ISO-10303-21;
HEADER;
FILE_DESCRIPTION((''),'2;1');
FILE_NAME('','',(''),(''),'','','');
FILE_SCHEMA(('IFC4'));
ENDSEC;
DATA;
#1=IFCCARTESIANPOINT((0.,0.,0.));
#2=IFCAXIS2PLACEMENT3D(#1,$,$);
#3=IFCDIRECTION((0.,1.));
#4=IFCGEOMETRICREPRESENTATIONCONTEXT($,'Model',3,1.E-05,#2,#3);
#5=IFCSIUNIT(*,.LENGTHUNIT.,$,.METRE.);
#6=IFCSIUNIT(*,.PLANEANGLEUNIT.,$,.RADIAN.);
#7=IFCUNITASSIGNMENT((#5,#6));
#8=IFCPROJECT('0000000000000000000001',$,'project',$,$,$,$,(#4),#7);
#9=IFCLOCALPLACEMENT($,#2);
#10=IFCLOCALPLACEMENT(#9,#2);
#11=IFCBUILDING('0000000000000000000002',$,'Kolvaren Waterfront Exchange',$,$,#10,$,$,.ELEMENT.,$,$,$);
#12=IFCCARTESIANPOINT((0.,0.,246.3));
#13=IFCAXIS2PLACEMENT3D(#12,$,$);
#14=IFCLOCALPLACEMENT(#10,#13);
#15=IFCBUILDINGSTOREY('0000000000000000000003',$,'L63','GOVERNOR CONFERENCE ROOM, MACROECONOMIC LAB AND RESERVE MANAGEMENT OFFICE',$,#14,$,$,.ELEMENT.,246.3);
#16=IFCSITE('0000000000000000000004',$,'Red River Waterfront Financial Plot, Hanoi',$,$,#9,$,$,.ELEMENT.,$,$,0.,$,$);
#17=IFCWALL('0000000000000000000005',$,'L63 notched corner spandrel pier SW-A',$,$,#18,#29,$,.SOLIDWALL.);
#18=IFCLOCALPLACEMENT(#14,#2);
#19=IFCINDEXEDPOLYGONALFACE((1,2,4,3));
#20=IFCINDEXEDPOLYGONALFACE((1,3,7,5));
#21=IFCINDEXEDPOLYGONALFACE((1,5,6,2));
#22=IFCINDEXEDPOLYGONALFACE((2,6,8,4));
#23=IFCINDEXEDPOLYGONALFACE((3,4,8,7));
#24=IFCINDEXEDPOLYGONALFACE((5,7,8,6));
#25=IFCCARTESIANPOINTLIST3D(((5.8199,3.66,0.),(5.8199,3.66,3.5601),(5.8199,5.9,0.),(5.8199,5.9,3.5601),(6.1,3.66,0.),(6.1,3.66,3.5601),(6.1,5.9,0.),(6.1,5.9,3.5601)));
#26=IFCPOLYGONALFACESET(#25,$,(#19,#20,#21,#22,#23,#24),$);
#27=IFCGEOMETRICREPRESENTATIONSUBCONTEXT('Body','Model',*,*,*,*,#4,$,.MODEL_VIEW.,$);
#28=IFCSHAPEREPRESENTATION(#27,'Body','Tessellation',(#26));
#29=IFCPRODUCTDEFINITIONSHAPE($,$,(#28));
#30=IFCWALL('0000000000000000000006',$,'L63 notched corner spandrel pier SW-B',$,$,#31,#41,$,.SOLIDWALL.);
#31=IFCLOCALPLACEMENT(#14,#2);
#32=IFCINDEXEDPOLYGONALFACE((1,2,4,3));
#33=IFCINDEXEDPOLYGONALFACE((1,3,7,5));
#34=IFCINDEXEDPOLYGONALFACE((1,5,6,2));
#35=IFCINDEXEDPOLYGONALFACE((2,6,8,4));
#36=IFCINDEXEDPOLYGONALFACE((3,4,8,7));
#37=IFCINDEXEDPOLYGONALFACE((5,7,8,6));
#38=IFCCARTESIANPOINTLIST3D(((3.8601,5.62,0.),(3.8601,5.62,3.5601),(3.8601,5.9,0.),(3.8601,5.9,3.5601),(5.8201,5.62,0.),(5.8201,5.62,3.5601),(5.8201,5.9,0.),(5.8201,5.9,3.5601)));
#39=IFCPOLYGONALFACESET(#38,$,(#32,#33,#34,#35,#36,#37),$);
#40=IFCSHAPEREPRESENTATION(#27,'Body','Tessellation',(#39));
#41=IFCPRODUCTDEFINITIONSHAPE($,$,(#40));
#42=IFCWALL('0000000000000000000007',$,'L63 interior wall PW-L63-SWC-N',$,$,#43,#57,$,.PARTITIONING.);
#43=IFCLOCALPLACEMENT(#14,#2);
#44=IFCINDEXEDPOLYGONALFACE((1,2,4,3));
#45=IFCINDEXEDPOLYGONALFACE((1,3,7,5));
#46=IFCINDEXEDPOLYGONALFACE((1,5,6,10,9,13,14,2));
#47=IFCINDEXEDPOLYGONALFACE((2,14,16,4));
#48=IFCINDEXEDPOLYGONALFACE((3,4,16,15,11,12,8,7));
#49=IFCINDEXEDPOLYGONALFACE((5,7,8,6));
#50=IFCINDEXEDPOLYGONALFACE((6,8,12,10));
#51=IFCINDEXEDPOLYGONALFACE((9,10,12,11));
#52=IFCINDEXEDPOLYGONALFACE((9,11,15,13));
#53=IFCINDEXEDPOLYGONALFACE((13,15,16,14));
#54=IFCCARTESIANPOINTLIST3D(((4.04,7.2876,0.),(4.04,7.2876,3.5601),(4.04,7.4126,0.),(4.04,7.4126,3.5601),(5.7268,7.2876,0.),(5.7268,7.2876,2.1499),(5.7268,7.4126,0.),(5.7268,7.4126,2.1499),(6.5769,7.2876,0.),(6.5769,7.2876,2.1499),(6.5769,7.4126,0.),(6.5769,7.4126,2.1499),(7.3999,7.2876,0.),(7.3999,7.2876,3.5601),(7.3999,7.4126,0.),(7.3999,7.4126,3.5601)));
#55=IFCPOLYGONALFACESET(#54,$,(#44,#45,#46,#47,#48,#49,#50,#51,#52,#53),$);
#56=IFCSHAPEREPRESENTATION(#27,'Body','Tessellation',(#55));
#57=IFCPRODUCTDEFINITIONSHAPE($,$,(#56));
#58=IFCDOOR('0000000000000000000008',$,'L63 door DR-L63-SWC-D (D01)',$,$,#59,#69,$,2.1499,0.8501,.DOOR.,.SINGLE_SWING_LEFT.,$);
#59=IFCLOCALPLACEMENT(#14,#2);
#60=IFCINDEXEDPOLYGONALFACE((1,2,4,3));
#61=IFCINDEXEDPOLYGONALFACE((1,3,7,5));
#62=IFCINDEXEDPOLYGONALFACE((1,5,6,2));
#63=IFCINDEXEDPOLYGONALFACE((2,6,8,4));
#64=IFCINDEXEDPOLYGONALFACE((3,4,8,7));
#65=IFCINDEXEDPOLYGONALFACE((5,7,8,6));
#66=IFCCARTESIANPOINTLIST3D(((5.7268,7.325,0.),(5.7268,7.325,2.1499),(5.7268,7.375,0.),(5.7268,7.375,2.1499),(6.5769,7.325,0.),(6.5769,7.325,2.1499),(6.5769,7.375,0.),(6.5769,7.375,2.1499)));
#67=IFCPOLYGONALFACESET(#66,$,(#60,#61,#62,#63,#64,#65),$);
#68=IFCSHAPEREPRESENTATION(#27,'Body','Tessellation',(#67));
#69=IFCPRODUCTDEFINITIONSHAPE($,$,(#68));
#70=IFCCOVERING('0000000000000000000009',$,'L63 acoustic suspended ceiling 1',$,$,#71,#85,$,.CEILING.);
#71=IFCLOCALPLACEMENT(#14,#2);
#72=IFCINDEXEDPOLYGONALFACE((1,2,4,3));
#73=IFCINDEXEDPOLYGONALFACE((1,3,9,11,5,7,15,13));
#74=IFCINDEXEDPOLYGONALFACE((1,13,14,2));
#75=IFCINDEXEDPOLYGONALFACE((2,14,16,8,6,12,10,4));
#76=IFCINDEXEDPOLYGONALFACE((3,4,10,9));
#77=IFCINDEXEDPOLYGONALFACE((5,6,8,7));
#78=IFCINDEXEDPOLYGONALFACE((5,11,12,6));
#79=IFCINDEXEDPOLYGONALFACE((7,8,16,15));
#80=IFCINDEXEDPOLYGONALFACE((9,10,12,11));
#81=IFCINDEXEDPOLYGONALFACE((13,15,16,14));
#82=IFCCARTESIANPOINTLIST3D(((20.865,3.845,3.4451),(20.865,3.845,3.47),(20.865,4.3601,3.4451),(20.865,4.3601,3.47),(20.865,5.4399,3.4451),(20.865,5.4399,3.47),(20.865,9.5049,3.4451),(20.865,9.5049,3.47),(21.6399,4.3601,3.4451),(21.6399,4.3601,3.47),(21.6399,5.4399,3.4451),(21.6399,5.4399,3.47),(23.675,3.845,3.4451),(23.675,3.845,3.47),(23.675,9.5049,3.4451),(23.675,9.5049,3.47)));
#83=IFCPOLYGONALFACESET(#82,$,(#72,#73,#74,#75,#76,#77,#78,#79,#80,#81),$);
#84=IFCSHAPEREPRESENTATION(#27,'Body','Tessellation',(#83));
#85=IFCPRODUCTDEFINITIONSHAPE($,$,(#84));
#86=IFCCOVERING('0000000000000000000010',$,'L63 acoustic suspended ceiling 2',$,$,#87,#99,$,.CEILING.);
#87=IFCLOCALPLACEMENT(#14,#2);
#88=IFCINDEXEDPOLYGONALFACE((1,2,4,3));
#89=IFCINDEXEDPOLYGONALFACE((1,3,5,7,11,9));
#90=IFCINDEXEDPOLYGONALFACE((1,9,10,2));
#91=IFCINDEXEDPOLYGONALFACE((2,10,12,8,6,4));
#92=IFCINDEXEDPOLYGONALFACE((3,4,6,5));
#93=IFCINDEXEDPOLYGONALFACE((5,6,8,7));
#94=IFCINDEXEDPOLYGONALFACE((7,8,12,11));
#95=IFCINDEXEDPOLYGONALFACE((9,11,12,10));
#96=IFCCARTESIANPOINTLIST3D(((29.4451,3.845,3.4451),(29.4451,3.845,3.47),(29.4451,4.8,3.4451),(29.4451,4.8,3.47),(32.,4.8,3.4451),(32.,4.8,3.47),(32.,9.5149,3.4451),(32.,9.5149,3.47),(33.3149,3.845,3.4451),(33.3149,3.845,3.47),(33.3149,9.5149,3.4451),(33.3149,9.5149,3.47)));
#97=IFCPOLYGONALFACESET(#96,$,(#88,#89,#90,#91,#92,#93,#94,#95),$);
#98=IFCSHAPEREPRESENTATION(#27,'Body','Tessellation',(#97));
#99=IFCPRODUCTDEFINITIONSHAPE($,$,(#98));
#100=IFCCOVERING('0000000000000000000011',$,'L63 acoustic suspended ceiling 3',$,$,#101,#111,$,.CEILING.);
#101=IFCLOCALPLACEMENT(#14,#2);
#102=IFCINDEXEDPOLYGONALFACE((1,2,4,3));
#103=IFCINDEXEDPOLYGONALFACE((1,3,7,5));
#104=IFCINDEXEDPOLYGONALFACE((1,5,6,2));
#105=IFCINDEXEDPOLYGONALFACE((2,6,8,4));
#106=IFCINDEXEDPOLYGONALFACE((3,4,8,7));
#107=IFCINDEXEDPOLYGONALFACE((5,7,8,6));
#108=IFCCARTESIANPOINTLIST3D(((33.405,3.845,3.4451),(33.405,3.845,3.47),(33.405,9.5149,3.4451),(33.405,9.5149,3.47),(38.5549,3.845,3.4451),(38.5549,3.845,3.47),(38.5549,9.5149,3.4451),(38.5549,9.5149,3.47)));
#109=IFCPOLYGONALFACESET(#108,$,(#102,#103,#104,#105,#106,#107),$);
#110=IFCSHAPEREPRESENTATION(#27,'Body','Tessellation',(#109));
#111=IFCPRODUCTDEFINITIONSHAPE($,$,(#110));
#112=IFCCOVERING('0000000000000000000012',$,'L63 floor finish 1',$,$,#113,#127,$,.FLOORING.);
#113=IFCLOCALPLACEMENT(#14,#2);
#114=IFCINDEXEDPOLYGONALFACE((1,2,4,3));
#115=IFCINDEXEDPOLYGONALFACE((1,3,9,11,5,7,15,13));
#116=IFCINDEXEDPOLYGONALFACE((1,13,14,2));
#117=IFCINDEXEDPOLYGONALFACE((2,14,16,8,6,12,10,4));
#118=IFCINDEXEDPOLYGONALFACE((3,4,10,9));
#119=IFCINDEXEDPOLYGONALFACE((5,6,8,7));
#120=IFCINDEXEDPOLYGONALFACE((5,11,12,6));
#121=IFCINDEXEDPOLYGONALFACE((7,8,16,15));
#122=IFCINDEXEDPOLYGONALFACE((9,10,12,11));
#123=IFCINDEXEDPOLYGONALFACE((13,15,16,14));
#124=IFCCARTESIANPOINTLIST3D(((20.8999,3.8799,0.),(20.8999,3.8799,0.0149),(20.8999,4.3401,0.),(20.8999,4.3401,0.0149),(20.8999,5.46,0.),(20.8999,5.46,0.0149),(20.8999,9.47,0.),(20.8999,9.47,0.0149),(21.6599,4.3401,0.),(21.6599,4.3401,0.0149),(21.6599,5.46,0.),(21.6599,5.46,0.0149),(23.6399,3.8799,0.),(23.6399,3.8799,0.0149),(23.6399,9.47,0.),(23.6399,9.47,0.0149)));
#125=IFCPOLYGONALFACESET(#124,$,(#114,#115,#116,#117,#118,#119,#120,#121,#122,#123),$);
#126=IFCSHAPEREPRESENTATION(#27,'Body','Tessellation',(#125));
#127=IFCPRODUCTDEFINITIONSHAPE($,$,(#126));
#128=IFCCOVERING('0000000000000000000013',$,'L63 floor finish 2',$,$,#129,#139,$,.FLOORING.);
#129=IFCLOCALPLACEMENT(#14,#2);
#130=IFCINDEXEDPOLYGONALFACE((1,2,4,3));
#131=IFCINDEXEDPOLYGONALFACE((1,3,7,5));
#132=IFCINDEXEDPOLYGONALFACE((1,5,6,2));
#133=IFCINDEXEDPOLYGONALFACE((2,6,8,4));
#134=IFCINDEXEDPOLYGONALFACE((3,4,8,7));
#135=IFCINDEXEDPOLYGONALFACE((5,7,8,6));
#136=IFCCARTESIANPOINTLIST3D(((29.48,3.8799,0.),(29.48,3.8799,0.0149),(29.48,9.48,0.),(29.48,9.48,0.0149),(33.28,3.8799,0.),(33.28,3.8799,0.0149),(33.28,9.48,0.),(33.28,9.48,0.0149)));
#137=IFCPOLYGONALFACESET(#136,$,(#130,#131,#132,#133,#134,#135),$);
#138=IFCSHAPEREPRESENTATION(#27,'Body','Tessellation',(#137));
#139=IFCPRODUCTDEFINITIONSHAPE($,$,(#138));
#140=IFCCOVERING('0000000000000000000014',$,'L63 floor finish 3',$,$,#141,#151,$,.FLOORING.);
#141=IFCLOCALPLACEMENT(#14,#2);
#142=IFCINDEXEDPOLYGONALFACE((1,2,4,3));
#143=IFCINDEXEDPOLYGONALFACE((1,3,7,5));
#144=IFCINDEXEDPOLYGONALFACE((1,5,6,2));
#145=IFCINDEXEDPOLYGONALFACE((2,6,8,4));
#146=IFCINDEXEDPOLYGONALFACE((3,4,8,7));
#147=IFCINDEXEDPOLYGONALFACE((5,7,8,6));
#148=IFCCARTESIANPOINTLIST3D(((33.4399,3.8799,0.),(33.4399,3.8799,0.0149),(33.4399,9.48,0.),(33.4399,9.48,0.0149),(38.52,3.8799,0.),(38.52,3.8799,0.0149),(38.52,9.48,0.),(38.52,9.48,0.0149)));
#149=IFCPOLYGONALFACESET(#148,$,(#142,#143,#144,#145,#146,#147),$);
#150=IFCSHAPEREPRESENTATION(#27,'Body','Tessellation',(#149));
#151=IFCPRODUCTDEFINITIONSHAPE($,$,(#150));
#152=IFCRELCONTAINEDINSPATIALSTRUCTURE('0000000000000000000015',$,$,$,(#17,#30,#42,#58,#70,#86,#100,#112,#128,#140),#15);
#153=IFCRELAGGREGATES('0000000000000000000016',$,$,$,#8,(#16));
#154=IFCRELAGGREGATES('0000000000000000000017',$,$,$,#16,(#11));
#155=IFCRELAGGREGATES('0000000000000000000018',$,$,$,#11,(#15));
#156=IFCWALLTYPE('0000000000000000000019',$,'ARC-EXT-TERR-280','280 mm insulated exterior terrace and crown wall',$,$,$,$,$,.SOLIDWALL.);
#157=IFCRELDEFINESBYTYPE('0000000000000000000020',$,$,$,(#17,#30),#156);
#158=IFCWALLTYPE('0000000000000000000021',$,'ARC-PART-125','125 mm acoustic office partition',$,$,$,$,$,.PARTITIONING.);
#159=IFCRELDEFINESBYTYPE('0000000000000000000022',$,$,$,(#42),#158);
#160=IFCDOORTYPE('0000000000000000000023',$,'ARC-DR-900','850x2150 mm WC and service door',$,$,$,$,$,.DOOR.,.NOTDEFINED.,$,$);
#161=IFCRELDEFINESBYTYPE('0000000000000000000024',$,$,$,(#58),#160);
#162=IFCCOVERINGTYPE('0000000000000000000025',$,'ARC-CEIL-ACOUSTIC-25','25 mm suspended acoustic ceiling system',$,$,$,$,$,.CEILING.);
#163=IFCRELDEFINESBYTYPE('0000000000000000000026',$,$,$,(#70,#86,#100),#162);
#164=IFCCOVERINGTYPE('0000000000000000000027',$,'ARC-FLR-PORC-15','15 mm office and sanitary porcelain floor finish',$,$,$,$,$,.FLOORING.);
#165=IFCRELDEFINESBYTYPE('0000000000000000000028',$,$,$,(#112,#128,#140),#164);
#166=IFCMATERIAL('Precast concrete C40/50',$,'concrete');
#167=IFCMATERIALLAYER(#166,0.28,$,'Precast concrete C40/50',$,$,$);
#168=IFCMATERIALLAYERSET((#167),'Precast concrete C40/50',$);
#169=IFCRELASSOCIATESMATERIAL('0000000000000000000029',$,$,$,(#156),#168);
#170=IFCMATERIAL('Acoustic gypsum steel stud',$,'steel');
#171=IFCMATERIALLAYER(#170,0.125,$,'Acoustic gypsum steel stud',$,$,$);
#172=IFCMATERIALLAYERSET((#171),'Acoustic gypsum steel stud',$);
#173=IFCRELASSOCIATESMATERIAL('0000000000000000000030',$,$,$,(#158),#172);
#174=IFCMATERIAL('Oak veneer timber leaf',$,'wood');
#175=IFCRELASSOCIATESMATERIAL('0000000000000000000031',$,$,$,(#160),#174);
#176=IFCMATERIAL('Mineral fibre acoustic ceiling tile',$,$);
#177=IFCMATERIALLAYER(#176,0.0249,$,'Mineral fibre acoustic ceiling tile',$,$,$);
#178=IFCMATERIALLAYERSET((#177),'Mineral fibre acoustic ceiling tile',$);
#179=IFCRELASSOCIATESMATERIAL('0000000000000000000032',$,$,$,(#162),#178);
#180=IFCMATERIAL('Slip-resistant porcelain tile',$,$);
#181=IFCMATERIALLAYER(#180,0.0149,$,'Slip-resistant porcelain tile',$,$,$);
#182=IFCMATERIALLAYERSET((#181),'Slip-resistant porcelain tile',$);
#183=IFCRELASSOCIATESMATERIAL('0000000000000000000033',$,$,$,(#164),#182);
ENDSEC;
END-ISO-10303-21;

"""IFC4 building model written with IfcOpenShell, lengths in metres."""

from ifc_helpers import new_model, si_unit, direction, frame, frame_2d, origin, place, context, subcontext, project, spatial, polyline, rectangle, outline, extrude, material, layer, layer_set, type_object, element, fill, save


model = new_model("IFC4")

# Units and contexts
model_context = context("Model", 3, precision=1e-05, world=origin(), true_north=direction((0.0, 1.0)))
body_context = subcontext(model_context, "Body", "Model", "MODEL_VIEW")
ifc_project = project(units=[si_unit("LENGTHUNIT", "METRE"), si_unit("PLANEANGLEUNIT", "RADIAN")], contexts=[model_context])

# Site, building, storey
site_placement = place(None, origin())
site = spatial("IfcSite", under=ifc_project, at=site_placement, Name="Red River Waterfront Financial Plot, Hanoi", CompositionType="ELEMENT", RefElevation=0.0)
building_placement = place(site_placement, origin())
building = spatial("IfcBuilding", under=site, at=building_placement, Name="Kolvaren Waterfront Exchange", CompositionType="ELEMENT")
storey_placement = place(building_placement, frame((0.0, 0.0, 246.3)))
storey = spatial("IfcBuildingStorey", under=building, at=storey_placement, Name="L63", Description="GOVERNOR CONFERENCE ROOM, MACROECONOMIC LAB AND RESERVE MANAGEMENT OFFICE", CompositionType="ELEMENT", Elevation=246.3)

# Walls
ifc_material_1 = material(Name="Precast concrete C40/50", Category="concrete")
ifc_layer_1 = layer(ifc_material_1, 0.28, Name="Precast concrete C40/50")
ifc_layer_set_1 = layer_set([ifc_layer_1], Name="Precast concrete C40/50")
wall_type_1 = type_object("IfcWallType", Name="ARC-EXT-TERR-280", Description="280 mm insulated exterior terrace and crown wall", PredefinedType="SOLIDWALL", material=ifc_layer_set_1)
wall_1_placement = place(storey_placement, frame((5.96, 3.6599, 0.0), z_axis=(0.0, 0.0, 1.0), x_axis=(0.0, 1.0, 0.0)))
element("IfcWall", 1, at=wall_1_placement, inside=storey, type_object=wall_type_1, Name="L63 notched corner spandrel pier SW-A", PredefinedType="SOLIDWALL", context=body_context, shape_type="SweptSolid", body=[
    extrude(rectangle(XDim=2.24, YDim=0.28, at=frame_2d((1.1201, 0.0))), origin(), (0.0, 0.0, 1.0), 3.5601),
])
wall_2_placement = place(storey_placement, frame((3.8601, 5.76, 0.0), z_axis=(0.0, 0.0, 1.0), x_axis=(1.0, 0.0, 0.0)))
element("IfcWall", 2, at=wall_2_placement, inside=storey, type_object=wall_type_1, Name="L63 notched corner spandrel pier SW-B", PredefinedType="SOLIDWALL", context=body_context, shape_type="SweptSolid", body=[
    extrude(rectangle(XDim=1.96, YDim=0.28, at=frame_2d((0.98, 0.0))), origin(), (0.0, 0.0, 1.0), 3.5601),
])

# Wall, opening, door
ifc_material_2 = material(Name="Acoustic gypsum steel stud", Category="steel")
ifc_layer_2 = layer(ifc_material_2, 0.125, Name="Acoustic gypsum steel stud")
ifc_layer_set_2 = layer_set([ifc_layer_2], Name="Acoustic gypsum steel stud")
wall_type_2 = type_object("IfcWallType", Name="ARC-PART-125", Description="125 mm acoustic office partition", PredefinedType="PARTITIONING", material=ifc_layer_set_2)
wall_3_placement = place(storey_placement, frame((4.04, 7.3501, 0.0), z_axis=(0.0, 0.0, 1.0), x_axis=(1.0, 0.0, 0.0)))
wall_3 = element("IfcWall", 3, at=wall_3_placement, inside=storey, type_object=wall_type_2, Name="L63 interior wall PW-L63-SWC-N", PredefinedType="PARTITIONING", context=body_context, shape_type="SweptSolid", body=[
    extrude(rectangle(XDim=3.3599, YDim=0.125, at=frame_2d((1.6799, 0.0))), origin(), (0.0, 0.0, 1.0), 3.5601),
])
opening_placement = place(wall_3_placement, frame((1.6868, 0.0, 0.0)))
opening = element("IfcOpeningElement", 4, at=opening_placement, cuts=wall_3, PredefinedType="OPENING", context=body_context, shape_type="SweptSolid", body=[
    extrude(rectangle(XDim=0.8501, YDim=2.1499, at=frame_2d((0.425, 1.075))), frame((0.0, 0.0725, 0.0), z_axis=(0.0, -1.0, 0.0), x_axis=(1.0, 0.0, 0.0)), (0.0, 0.0, 1.0), 0.145),
])
ifc_material_3 = material(Name="Oak veneer timber leaf", Category="wood")
door_type = type_object("IfcDoorType", Name="ARC-DR-900", Description="850x2150 mm WC and service door", OperationType="NOTDEFINED", PredefinedType="DOOR", material=ifc_material_3)
door_placement = place(opening_placement, origin())
door = element("IfcDoor", 5, at=door_placement, inside=storey, type_object=door_type, Name="L63 door DR-L63-SWC-D (D01)", OperationType="SINGLE_SWING_LEFT", OverallHeight=2.1499, OverallWidth=0.8501, PredefinedType="DOOR", context=body_context, shape_type="SweptSolid", body=[
    extrude(rectangle(XDim=0.8501, YDim=2.1499, at=frame_2d((0.425, 1.075))), frame((0.0, 0.0249, 0.0), z_axis=(0.0, -1.0, 0.0), x_axis=(1.0, 0.0, 0.0)), (0.0, 0.0, 1.0), 0.05),
])
fill(opening, door)

# Coverings
ifc_material_4 = material(Name="Mineral fibre acoustic ceiling tile")
ifc_layer_3 = layer(ifc_material_4, 0.0249, Name="Mineral fibre acoustic ceiling tile")
ifc_layer_set_3 = layer_set([ifc_layer_3], Name="Mineral fibre acoustic ceiling tile")
covering_type_1 = type_object("IfcCoveringType", Name="ARC-CEIL-ACOUSTIC-25", Description="25 mm suspended acoustic ceiling system", PredefinedType="CEILING", material=ifc_layer_set_3)
covering_1_placement = place(storey_placement, frame((0.0, 0.0, 3.4451)))
element("IfcCovering", 6, at=covering_1_placement, inside=storey, type_object=covering_type_1, Name="L63 acoustic suspended ceiling 1", PredefinedType="CEILING", context=body_context, shape_type="SweptSolid", body=[
    extrude(outline(polyline([(20.865, 5.4399), (21.6399, 5.4399), (21.6399, 4.3601), (20.865, 4.3601), (20.865, 3.845), (23.675, 3.845), (23.675, 9.5049), (20.865, 9.5049), (20.865, 5.4399)])), origin(), (0.0, 0.0, 1.0), 0.0249),
])
covering_2_placement = place(storey_placement, frame((0.0, 0.0, 3.4451)))
element("IfcCovering", 7, at=covering_2_placement, inside=storey, type_object=covering_type_1, Name="L63 acoustic suspended ceiling 2", PredefinedType="CEILING", context=body_context, shape_type="SweptSolid", body=[
    extrude(outline(polyline([(33.3149, 3.845), (33.3149, 9.5149), (32.0, 9.5149), (32.0, 4.8), (29.4451, 4.8), (29.4451, 3.845), (33.3149, 3.845)])), origin(), (0.0, 0.0, 1.0), 0.0249),
])
covering_3_placement = place(storey_placement, frame((0.0, 0.0, 3.4451)))
element("IfcCovering", 8, at=covering_3_placement, inside=storey, type_object=covering_type_1, Name="L63 acoustic suspended ceiling 3", PredefinedType="CEILING", context=body_context, shape_type="SweptSolid", body=[
    extrude(outline(polyline([(38.5549, 3.845), (38.5549, 9.5149), (33.405, 9.5149), (33.405, 3.845), (38.5549, 3.845)])), origin(), (0.0, 0.0, 1.0), 0.0249),
])
ifc_material_5 = material(Name="Slip-resistant porcelain tile")
ifc_layer_4 = layer(ifc_material_5, 0.0149, Name="Slip-resistant porcelain tile")
ifc_layer_set_4 = layer_set([ifc_layer_4], Name="Slip-resistant porcelain tile")
covering_type_2 = type_object("IfcCoveringType", Name="ARC-FLR-PORC-15", Description="15 mm office and sanitary porcelain floor finish", PredefinedType="FLOORING", material=ifc_layer_set_4)
covering_4_placement = place(storey_placement, origin())
element("IfcCovering", 9, at=covering_4_placement, inside=storey, type_object=covering_type_2, Name="L63 floor finish 1", PredefinedType="FLOORING", context=body_context, shape_type="SweptSolid", body=[
    extrude(outline(polyline([(20.8999, 4.3401), (20.8999, 3.8799), (23.6399, 3.8799), (23.6399, 9.47), (20.8999, 9.47), (20.8999, 5.46), (21.6599, 5.46), (21.6599, 4.3401), (20.8999, 4.3401)])), origin(), (0.0, 0.0, 1.0), 0.0149),
])
covering_5_placement = place(storey_placement, origin())
element("IfcCovering", 10, at=covering_5_placement, inside=storey, type_object=covering_type_2, Name="L63 floor finish 2", PredefinedType="FLOORING", context=body_context, shape_type="SweptSolid", body=[
    extrude(outline(polyline([(29.48, 9.48), (29.48, 3.8799), (33.28, 3.8799), (33.28, 9.48), (29.48, 9.48)])), origin(), (0.0, 0.0, 1.0), 0.0149),
])
covering_6_placement = place(storey_placement, origin())
element("IfcCovering", 11, at=covering_6_placement, inside=storey, type_object=covering_type_2, Name="L63 floor finish 3", PredefinedType="FLOORING", context=body_context, shape_type="SweptSolid", body=[
    extrude(outline(polyline([(33.4399, 9.48), (33.4399, 3.8799), (38.52, 3.8799), (38.52, 9.48), (33.4399, 9.48)])), origin(), (0.0, 0.0, 1.0), 0.0149),
])

save(model, "model.ifc")
